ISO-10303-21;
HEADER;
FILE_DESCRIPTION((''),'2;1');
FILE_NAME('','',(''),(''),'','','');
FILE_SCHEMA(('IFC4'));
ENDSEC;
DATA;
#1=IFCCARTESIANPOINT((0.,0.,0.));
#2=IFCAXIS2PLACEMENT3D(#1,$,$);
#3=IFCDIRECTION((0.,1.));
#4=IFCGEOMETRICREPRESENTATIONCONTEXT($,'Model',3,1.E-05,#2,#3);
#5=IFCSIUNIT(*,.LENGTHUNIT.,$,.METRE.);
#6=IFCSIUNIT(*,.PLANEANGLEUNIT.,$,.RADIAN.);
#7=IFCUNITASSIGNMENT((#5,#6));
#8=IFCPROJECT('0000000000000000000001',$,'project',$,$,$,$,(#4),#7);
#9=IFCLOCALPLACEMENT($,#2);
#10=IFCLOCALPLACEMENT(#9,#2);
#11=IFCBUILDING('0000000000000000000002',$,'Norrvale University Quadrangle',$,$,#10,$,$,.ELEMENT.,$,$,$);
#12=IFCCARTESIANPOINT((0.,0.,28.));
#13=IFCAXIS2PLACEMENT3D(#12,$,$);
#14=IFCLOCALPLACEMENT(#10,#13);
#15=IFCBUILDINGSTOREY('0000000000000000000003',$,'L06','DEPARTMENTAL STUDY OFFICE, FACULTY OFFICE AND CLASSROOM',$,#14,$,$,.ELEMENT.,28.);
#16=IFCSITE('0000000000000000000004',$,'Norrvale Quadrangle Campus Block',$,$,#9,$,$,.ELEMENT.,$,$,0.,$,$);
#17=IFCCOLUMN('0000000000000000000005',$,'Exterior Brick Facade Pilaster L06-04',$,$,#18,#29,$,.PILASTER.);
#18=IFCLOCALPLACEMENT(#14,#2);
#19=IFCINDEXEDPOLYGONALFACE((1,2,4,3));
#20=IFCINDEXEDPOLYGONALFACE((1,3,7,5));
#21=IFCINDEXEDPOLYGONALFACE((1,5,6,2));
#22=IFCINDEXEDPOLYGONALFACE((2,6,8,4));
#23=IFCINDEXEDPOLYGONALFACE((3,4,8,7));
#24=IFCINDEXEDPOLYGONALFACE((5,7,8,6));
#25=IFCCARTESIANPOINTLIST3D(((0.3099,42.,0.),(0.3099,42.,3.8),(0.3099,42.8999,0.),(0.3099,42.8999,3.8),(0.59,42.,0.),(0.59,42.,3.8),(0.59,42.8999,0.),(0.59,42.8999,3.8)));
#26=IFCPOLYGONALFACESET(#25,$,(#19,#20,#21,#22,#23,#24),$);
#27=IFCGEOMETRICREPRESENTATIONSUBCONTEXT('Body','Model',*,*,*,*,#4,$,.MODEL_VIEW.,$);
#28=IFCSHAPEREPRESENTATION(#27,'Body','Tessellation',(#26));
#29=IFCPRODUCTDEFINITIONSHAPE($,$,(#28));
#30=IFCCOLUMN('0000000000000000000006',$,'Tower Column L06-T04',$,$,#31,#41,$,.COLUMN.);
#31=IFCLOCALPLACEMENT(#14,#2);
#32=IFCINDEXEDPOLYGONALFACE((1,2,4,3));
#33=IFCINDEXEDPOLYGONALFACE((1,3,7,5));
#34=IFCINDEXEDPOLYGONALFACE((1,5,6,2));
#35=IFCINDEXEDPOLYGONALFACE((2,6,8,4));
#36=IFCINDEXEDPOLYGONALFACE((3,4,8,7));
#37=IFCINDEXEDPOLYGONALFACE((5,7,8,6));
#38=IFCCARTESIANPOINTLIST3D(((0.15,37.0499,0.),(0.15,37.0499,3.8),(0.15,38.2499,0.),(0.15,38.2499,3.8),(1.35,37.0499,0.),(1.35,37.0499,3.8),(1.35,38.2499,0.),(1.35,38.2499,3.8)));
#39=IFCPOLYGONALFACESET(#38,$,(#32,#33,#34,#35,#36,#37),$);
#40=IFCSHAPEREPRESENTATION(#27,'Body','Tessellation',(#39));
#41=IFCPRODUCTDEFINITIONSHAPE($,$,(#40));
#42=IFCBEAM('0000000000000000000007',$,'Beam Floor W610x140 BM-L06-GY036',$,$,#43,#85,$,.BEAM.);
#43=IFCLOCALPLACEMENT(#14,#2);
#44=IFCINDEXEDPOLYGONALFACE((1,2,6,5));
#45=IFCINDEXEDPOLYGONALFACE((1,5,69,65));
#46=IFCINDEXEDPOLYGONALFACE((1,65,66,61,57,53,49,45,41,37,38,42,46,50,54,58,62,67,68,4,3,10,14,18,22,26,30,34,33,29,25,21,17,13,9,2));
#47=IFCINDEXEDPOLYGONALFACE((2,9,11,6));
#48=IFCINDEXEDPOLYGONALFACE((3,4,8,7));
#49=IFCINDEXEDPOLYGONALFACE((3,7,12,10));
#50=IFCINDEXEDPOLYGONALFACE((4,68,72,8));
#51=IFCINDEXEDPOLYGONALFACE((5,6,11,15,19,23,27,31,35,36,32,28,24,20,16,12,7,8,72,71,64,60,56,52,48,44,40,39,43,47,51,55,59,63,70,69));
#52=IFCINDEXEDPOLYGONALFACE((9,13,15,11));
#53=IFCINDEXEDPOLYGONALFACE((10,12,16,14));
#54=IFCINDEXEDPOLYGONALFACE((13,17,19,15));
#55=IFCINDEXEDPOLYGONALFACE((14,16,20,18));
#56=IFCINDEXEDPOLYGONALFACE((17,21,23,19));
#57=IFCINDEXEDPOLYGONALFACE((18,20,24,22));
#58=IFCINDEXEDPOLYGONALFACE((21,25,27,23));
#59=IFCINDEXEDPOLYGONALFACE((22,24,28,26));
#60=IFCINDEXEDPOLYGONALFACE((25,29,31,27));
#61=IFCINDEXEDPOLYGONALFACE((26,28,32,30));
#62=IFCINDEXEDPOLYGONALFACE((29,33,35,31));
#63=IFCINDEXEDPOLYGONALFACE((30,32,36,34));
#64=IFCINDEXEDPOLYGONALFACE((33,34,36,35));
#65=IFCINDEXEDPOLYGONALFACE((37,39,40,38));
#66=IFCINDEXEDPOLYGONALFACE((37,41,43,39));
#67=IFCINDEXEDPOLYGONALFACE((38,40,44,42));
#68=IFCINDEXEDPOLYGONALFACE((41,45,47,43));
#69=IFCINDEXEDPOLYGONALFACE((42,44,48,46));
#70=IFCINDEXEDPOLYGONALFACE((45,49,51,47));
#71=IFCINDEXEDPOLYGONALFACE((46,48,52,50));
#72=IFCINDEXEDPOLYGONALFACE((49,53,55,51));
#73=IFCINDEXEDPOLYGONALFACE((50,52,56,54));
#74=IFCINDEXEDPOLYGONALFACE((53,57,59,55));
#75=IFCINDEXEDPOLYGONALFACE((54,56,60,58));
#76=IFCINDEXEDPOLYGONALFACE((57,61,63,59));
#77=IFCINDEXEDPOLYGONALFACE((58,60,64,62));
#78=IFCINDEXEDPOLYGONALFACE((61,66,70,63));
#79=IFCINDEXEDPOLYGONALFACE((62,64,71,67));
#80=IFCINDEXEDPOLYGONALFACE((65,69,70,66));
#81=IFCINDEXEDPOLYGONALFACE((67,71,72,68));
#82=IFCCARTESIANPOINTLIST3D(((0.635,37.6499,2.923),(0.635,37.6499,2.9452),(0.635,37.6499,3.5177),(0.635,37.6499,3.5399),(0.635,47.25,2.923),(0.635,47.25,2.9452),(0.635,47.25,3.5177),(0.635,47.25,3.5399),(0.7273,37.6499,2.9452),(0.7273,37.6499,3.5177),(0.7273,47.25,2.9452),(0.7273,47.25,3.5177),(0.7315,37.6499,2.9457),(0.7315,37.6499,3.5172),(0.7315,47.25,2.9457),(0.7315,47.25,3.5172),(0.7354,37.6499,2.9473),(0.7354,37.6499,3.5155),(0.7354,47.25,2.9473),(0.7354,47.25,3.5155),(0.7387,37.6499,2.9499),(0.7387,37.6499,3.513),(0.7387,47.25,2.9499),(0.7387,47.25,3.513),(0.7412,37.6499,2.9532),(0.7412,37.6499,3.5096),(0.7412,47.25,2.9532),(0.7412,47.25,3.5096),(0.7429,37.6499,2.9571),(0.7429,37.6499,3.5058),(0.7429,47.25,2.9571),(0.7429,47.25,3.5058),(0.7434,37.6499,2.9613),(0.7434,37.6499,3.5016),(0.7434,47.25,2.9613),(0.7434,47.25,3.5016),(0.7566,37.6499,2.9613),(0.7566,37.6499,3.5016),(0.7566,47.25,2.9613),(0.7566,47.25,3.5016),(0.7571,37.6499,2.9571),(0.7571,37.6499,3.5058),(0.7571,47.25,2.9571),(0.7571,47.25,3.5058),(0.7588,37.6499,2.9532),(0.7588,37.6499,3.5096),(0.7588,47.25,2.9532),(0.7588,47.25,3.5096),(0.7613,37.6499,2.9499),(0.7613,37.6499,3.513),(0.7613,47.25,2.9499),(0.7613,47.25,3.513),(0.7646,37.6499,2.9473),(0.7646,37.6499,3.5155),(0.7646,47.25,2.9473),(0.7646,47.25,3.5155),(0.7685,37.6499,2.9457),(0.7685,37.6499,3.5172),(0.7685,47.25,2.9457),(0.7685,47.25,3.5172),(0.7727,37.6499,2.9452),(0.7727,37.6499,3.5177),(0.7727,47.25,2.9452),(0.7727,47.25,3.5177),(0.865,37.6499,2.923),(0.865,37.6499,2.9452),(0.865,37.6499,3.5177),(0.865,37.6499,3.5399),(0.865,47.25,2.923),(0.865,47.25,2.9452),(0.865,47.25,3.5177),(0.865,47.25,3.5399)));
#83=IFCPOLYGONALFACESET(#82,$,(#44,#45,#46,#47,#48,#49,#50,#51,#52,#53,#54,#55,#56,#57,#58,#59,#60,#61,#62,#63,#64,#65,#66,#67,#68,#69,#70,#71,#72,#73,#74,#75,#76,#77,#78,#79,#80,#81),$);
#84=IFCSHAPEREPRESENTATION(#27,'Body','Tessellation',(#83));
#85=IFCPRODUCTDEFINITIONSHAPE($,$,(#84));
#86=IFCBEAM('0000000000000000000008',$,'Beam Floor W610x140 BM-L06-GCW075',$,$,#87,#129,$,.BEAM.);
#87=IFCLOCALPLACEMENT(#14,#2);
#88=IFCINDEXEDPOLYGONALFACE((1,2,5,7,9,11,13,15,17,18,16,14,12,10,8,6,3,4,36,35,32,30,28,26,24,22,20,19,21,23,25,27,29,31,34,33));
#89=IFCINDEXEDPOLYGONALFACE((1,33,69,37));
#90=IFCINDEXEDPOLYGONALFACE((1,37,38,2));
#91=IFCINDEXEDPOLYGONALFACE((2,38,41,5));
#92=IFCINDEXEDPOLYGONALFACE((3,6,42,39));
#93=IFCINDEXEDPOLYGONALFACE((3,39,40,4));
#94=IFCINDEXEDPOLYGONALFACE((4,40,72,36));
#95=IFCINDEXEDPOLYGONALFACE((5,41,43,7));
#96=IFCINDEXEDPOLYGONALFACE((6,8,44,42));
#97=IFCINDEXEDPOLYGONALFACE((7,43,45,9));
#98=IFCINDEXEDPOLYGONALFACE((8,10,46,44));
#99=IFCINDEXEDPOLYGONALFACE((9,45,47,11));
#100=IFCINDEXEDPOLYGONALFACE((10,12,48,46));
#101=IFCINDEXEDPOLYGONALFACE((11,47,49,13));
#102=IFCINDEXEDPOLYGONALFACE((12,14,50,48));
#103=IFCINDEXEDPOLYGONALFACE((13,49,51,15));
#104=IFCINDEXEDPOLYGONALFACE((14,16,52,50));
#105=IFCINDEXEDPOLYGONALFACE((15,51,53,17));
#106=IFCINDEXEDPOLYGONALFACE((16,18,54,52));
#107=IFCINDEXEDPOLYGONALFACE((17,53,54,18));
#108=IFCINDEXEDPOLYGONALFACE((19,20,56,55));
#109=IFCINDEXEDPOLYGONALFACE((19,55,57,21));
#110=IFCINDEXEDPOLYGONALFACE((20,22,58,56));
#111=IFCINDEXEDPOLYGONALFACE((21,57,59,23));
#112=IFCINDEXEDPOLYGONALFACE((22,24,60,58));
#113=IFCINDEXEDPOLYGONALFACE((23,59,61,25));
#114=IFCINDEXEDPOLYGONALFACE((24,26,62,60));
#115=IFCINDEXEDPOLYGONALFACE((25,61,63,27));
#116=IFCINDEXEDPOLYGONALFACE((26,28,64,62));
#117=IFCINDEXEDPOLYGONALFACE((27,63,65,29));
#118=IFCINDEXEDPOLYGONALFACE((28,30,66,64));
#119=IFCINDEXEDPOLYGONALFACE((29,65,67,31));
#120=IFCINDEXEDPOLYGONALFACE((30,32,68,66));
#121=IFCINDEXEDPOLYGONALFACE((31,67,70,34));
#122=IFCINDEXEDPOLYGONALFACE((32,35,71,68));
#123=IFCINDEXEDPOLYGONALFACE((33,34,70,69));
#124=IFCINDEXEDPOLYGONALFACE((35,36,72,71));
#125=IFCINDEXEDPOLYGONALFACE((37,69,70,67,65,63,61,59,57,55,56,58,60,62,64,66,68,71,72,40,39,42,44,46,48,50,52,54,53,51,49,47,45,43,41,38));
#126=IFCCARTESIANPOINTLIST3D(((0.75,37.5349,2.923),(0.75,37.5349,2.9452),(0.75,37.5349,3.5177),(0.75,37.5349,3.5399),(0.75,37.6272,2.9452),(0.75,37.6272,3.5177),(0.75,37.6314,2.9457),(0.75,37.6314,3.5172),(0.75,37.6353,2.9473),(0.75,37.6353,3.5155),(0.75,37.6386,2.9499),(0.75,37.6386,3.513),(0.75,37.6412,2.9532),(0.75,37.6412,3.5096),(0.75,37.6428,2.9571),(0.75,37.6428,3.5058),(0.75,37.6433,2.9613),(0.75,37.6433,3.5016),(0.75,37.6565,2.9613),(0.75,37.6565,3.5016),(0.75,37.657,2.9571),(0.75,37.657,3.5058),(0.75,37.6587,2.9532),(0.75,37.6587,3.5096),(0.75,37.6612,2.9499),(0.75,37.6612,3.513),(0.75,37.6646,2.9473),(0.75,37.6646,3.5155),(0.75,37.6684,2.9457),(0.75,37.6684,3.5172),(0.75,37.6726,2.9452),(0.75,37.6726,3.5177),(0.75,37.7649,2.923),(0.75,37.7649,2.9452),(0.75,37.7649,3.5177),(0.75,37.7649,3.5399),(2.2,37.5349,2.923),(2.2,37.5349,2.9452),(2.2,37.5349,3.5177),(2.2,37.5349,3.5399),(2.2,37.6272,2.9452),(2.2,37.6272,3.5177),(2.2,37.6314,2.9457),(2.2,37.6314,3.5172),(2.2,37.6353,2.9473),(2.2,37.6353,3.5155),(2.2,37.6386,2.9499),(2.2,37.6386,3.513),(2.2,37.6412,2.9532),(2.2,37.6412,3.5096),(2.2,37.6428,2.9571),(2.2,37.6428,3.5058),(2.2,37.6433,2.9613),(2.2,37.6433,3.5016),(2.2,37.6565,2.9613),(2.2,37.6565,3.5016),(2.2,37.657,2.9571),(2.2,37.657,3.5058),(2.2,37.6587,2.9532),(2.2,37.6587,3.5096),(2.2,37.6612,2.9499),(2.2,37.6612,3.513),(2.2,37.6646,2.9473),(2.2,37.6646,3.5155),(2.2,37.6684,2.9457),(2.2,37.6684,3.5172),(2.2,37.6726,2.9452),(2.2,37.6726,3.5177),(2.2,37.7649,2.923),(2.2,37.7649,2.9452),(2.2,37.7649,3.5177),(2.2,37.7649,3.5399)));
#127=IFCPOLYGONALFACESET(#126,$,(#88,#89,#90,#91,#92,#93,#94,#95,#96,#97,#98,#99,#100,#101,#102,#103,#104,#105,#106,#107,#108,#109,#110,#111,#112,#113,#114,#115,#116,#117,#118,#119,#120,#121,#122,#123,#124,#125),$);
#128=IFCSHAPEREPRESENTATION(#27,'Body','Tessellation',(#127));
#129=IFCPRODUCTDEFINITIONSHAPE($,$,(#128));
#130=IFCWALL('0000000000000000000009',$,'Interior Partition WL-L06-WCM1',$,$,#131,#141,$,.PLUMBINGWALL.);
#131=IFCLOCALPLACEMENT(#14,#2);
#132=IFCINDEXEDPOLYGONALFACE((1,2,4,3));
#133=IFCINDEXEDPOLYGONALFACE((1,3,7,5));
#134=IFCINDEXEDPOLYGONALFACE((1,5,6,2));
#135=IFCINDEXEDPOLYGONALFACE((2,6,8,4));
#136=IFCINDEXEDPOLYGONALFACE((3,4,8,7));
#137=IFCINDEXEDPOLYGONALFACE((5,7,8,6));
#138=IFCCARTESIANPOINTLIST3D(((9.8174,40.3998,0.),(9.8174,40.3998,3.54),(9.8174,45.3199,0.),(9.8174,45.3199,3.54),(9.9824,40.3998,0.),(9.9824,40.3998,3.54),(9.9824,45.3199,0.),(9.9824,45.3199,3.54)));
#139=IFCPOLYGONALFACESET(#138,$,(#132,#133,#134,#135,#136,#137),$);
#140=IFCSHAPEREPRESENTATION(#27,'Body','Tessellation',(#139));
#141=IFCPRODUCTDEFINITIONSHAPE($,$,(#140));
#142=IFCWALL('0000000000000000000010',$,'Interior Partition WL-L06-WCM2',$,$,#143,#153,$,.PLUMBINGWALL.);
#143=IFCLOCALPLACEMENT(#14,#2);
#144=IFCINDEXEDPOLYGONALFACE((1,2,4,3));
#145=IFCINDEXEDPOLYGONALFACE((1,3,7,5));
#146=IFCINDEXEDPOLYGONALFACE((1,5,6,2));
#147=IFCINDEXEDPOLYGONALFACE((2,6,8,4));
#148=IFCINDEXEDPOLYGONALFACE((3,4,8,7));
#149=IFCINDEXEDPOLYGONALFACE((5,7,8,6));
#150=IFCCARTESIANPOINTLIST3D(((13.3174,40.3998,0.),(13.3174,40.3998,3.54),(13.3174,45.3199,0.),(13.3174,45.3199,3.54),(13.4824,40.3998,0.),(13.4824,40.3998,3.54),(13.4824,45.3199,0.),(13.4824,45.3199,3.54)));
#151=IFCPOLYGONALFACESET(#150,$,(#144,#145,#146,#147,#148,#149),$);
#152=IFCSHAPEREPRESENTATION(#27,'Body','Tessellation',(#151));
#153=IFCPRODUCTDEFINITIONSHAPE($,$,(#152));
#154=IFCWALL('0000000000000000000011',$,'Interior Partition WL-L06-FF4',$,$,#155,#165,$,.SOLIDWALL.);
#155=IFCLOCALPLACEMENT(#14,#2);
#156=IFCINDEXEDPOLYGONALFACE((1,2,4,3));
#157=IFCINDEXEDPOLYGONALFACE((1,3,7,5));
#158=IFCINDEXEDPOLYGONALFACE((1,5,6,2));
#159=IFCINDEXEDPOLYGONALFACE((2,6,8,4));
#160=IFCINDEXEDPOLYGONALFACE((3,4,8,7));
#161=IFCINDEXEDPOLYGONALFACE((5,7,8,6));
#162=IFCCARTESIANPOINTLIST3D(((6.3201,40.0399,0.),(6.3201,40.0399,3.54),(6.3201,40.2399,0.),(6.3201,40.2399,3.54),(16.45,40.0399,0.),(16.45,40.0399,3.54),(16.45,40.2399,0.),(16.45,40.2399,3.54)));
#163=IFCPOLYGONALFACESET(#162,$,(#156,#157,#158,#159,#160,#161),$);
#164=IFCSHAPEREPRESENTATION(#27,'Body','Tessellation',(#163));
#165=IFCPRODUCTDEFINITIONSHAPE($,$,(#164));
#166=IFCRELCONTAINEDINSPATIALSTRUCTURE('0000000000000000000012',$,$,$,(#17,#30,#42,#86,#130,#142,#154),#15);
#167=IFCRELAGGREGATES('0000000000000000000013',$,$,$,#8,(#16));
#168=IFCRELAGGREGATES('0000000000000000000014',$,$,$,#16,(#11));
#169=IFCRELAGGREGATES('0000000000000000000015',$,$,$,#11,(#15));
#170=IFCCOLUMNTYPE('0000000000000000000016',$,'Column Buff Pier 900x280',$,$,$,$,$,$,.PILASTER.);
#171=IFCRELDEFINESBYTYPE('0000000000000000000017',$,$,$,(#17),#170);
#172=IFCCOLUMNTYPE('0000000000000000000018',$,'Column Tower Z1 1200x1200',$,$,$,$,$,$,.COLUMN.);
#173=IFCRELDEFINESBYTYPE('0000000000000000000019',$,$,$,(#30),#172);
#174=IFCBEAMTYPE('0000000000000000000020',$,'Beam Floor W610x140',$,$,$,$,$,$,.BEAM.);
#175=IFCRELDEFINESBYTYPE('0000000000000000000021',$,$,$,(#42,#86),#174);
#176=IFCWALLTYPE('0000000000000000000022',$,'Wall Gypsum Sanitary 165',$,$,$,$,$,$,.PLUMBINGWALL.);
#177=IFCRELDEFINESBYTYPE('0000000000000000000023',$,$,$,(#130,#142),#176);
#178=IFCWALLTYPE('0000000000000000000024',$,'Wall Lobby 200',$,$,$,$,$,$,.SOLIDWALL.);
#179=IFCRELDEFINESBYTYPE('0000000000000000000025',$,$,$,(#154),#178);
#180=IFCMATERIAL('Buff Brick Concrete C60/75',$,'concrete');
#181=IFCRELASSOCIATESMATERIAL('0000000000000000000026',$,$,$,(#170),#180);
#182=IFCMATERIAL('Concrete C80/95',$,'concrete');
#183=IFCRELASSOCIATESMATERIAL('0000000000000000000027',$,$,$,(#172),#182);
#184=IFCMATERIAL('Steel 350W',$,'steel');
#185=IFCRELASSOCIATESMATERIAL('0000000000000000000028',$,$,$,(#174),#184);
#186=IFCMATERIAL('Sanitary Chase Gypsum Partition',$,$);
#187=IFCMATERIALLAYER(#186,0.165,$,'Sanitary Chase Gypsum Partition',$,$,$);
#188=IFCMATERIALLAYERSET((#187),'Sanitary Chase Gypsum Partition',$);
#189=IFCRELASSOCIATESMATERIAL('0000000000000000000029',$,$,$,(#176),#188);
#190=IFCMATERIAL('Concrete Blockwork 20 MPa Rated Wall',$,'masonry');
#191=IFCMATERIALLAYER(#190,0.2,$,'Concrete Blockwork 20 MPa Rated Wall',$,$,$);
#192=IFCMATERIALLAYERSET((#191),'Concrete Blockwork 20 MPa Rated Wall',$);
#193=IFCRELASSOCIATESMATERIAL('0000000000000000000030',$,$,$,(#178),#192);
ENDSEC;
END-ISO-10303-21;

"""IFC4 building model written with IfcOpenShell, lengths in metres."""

from ifc_helpers import new_model, si_unit, direction, frame, frame_2d, origin, origin_2d, place, context, subcontext, project, spatial, rectangle, i_section, extrude, material, layer, layer_set, material_profile, profile_set, type_object, element, save


model = new_model("IFC4")

# Units and contexts
model_context = context("Model", 3, precision=1e-05, world=origin(), true_north=direction((0.0, 1.0)))
body_context = subcontext(model_context, "Body", "Model", "MODEL_VIEW")
ifc_project = project(units=[si_unit("LENGTHUNIT", "METRE"), si_unit("PLANEANGLEUNIT", "RADIAN")], contexts=[model_context])

# Site, building, storey
site_placement = place(None, origin())
site = spatial("IfcSite", under=ifc_project, at=site_placement, Name="Norrvale Quadrangle Campus Block", CompositionType="ELEMENT", RefElevation=0.0)
building_placement = place(site_placement, origin())
building = spatial("IfcBuilding", under=site, at=building_placement, Name="Norrvale University Quadrangle", CompositionType="ELEMENT")
storey_placement = place(building_placement, frame((0.0, 0.0, 28.0)))
storey = spatial("IfcBuildingStorey", under=building, at=storey_placement, Name="L06", Description="DEPARTMENTAL STUDY OFFICE, FACULTY OFFICE AND CLASSROOM", CompositionType="ELEMENT", Elevation=28.0)

# Columns
ifc_material_1 = material(Name="Buff Brick Concrete C60/75", Category="concrete")
ifc_material_profile_1 = material_profile(ifc_material_1, rectangle(XDim=0.8999, YDim=0.28, at=origin_2d()), Name="Buff Brick Concrete C60/75")
ifc_profile_set_1 = profile_set([ifc_material_profile_1], Name="Buff Brick Concrete C60/75")
column_type_1 = type_object("IfcColumnType", Name="Column Buff Pier 900x280", PredefinedType="PILASTER", material=ifc_profile_set_1)
column_1_placement = place(storey_placement, frame((0.45, 42.45, 0.0), z_axis=(0.0, 0.0, 1.0), x_axis=(0.0, 1.0, 0.0)))
element("IfcColumn", 1, at=column_1_placement, inside=storey, type_object=column_type_1, Name="Exterior Brick Facade Pilaster L06-04", PredefinedType="PILASTER", context=body_context, shape_type="SweptSolid", body=[
    extrude(rectangle(XDim=0.8999, YDim=0.28, at=origin_2d()), origin(), (0.0, 0.0, 1.0), 3.8),
])
ifc_material_2 = material(Name="Concrete C80/95", Category="concrete")
ifc_material_profile_2 = material_profile(ifc_material_2, rectangle(XDim=1.2, YDim=1.2, at=origin_2d()), Name="Concrete C80/95")
ifc_profile_set_2 = profile_set([ifc_material_profile_2], Name="Concrete C80/95")
column_type_2 = type_object("IfcColumnType", Name="Column Tower Z1 1200x1200", PredefinedType="COLUMN", material=ifc_profile_set_2)
column_2_placement = place(storey_placement, frame((0.75, 37.6499, 0.0), z_axis=(0.0, 0.0, 1.0), x_axis=(1.0, 0.0, 0.0)))
element("IfcColumn", 2, at=column_2_placement, inside=storey, type_object=column_type_2, Name="Tower Column L06-T04", PredefinedType="COLUMN", context=body_context, shape_type="SweptSolid", body=[
    extrude(rectangle(XDim=1.2, YDim=1.2, at=origin_2d()), origin(), (0.0, 0.0, 1.0), 3.8),
])

# Beams
ifc_material_3 = material(Name="Steel 350W", Category="steel")
ifc_material_profile_3 = material_profile(ifc_material_3, i_section(OverallWidth=0.23, OverallDepth=0.6169, WebThickness=0.0132, FlangeThickness=0.0222, FilletRadius=0.0161, at=origin_2d()), Name="Steel 350W")
ifc_profile_set_3 = profile_set([ifc_material_profile_3], Name="Steel 350W")
beam_type = type_object("IfcBeamType", Name="Beam Floor W610x140", PredefinedType="BEAM", material=ifc_profile_set_3)
beam_1_placement = place(storey_placement, frame((0.75, 37.6499, 3.2314), z_axis=(0.0, 1.0, 0.0), x_axis=(-1.0, 0.0, 0.0)))
element("IfcBeam", 3, at=beam_1_placement, inside=storey, type_object=beam_type, Name="Beam Floor W610x140 BM-L06-GY036", PredefinedType="BEAM", context=body_context, shape_type="SweptSolid", body=[
    extrude(i_section(OverallWidth=0.23, OverallDepth=0.6169, WebThickness=0.0132, FlangeThickness=0.0222, FilletRadius=0.0161, at=origin_2d()), origin(), (0.0, 0.0, 1.0), 9.6001),
])
beam_2_placement = place(storey_placement, frame((0.75, 37.6499, 3.2314), z_axis=(1.0, 0.0, 0.0), x_axis=(0.0, 1.0, 0.0)))
element("IfcBeam", 4, at=beam_2_placement, inside=storey, type_object=beam_type, Name="Beam Floor W610x140 BM-L06-GCW075", PredefinedType="BEAM", context=body_context, shape_type="SweptSolid", body=[
    extrude(i_section(OverallWidth=0.23, OverallDepth=0.6169, WebThickness=0.0132, FlangeThickness=0.0222, FilletRadius=0.0161, at=origin_2d()), origin(), (0.0, 0.0, 1.0), 1.45),
])

# Walls
ifc_material_4 = material(Name="Sanitary Chase Gypsum Partition")
ifc_layer_1 = layer(ifc_material_4, 0.165, Name="Sanitary Chase Gypsum Partition")
ifc_layer_set_1 = layer_set([ifc_layer_1], Name="Sanitary Chase Gypsum Partition")
wall_type_1 = type_object("IfcWallType", Name="Wall Gypsum Sanitary 165", PredefinedType="PLUMBINGWALL", material=ifc_layer_set_1)
for number, where, z_axis, x_axis, name in (
    (5, (9.8999, 40.3999, 0.0), (0.0, 0.0, 1.0), (0.0, 1.0, 0.0), "Interior Partition WL-L06-WCM1"),
    (6, (13.3999, 40.3999, 0.0), (0.0, 0.0, 1.0), (0.0, 1.0, 0.0), "Interior Partition WL-L06-WCM2"),
):
    element("IfcWall", number, at=place(storey_placement, frame(where, z_axis=z_axis, x_axis=x_axis)), inside=storey, type_object=wall_type_1, Name=name, PredefinedType="PLUMBINGWALL", context=body_context, shape_type="SweptSolid", body=[
        extrude(rectangle(XDim=4.9202, YDim=0.165, at=frame_2d((2.46, 0.0))), origin(), (0.0, 0.0, 1.0), 3.54),
    ])
ifc_material_5 = material(Name="Concrete Blockwork 20 MPa Rated Wall", Category="masonry")
ifc_layer_2 = layer(ifc_material_5, 0.2, Name="Concrete Blockwork 20 MPa Rated Wall")
ifc_layer_set_2 = layer_set([ifc_layer_2], Name="Concrete Blockwork 20 MPa Rated Wall")
wall_type_2 = type_object("IfcWallType", Name="Wall Lobby 200", PredefinedType="SOLIDWALL", material=ifc_layer_set_2)
wall_1_placement = place(storey_placement, frame((6.3201, 40.1399, 0.0), z_axis=(0.0, 0.0, 1.0), x_axis=(1.0, 0.0, 0.0)))
element("IfcWall", 7, at=wall_1_placement, inside=storey, type_object=wall_type_2, Name="Interior Partition WL-L06-FF4", PredefinedType="SOLIDWALL", context=body_context, shape_type="SweptSolid", body=[
    extrude(rectangle(XDim=10.1299, YDim=0.2, at=frame_2d((5.0649, 0.0))), origin(), (0.0, 0.0, 1.0), 3.54),
])

save(model, "model.ifc")
